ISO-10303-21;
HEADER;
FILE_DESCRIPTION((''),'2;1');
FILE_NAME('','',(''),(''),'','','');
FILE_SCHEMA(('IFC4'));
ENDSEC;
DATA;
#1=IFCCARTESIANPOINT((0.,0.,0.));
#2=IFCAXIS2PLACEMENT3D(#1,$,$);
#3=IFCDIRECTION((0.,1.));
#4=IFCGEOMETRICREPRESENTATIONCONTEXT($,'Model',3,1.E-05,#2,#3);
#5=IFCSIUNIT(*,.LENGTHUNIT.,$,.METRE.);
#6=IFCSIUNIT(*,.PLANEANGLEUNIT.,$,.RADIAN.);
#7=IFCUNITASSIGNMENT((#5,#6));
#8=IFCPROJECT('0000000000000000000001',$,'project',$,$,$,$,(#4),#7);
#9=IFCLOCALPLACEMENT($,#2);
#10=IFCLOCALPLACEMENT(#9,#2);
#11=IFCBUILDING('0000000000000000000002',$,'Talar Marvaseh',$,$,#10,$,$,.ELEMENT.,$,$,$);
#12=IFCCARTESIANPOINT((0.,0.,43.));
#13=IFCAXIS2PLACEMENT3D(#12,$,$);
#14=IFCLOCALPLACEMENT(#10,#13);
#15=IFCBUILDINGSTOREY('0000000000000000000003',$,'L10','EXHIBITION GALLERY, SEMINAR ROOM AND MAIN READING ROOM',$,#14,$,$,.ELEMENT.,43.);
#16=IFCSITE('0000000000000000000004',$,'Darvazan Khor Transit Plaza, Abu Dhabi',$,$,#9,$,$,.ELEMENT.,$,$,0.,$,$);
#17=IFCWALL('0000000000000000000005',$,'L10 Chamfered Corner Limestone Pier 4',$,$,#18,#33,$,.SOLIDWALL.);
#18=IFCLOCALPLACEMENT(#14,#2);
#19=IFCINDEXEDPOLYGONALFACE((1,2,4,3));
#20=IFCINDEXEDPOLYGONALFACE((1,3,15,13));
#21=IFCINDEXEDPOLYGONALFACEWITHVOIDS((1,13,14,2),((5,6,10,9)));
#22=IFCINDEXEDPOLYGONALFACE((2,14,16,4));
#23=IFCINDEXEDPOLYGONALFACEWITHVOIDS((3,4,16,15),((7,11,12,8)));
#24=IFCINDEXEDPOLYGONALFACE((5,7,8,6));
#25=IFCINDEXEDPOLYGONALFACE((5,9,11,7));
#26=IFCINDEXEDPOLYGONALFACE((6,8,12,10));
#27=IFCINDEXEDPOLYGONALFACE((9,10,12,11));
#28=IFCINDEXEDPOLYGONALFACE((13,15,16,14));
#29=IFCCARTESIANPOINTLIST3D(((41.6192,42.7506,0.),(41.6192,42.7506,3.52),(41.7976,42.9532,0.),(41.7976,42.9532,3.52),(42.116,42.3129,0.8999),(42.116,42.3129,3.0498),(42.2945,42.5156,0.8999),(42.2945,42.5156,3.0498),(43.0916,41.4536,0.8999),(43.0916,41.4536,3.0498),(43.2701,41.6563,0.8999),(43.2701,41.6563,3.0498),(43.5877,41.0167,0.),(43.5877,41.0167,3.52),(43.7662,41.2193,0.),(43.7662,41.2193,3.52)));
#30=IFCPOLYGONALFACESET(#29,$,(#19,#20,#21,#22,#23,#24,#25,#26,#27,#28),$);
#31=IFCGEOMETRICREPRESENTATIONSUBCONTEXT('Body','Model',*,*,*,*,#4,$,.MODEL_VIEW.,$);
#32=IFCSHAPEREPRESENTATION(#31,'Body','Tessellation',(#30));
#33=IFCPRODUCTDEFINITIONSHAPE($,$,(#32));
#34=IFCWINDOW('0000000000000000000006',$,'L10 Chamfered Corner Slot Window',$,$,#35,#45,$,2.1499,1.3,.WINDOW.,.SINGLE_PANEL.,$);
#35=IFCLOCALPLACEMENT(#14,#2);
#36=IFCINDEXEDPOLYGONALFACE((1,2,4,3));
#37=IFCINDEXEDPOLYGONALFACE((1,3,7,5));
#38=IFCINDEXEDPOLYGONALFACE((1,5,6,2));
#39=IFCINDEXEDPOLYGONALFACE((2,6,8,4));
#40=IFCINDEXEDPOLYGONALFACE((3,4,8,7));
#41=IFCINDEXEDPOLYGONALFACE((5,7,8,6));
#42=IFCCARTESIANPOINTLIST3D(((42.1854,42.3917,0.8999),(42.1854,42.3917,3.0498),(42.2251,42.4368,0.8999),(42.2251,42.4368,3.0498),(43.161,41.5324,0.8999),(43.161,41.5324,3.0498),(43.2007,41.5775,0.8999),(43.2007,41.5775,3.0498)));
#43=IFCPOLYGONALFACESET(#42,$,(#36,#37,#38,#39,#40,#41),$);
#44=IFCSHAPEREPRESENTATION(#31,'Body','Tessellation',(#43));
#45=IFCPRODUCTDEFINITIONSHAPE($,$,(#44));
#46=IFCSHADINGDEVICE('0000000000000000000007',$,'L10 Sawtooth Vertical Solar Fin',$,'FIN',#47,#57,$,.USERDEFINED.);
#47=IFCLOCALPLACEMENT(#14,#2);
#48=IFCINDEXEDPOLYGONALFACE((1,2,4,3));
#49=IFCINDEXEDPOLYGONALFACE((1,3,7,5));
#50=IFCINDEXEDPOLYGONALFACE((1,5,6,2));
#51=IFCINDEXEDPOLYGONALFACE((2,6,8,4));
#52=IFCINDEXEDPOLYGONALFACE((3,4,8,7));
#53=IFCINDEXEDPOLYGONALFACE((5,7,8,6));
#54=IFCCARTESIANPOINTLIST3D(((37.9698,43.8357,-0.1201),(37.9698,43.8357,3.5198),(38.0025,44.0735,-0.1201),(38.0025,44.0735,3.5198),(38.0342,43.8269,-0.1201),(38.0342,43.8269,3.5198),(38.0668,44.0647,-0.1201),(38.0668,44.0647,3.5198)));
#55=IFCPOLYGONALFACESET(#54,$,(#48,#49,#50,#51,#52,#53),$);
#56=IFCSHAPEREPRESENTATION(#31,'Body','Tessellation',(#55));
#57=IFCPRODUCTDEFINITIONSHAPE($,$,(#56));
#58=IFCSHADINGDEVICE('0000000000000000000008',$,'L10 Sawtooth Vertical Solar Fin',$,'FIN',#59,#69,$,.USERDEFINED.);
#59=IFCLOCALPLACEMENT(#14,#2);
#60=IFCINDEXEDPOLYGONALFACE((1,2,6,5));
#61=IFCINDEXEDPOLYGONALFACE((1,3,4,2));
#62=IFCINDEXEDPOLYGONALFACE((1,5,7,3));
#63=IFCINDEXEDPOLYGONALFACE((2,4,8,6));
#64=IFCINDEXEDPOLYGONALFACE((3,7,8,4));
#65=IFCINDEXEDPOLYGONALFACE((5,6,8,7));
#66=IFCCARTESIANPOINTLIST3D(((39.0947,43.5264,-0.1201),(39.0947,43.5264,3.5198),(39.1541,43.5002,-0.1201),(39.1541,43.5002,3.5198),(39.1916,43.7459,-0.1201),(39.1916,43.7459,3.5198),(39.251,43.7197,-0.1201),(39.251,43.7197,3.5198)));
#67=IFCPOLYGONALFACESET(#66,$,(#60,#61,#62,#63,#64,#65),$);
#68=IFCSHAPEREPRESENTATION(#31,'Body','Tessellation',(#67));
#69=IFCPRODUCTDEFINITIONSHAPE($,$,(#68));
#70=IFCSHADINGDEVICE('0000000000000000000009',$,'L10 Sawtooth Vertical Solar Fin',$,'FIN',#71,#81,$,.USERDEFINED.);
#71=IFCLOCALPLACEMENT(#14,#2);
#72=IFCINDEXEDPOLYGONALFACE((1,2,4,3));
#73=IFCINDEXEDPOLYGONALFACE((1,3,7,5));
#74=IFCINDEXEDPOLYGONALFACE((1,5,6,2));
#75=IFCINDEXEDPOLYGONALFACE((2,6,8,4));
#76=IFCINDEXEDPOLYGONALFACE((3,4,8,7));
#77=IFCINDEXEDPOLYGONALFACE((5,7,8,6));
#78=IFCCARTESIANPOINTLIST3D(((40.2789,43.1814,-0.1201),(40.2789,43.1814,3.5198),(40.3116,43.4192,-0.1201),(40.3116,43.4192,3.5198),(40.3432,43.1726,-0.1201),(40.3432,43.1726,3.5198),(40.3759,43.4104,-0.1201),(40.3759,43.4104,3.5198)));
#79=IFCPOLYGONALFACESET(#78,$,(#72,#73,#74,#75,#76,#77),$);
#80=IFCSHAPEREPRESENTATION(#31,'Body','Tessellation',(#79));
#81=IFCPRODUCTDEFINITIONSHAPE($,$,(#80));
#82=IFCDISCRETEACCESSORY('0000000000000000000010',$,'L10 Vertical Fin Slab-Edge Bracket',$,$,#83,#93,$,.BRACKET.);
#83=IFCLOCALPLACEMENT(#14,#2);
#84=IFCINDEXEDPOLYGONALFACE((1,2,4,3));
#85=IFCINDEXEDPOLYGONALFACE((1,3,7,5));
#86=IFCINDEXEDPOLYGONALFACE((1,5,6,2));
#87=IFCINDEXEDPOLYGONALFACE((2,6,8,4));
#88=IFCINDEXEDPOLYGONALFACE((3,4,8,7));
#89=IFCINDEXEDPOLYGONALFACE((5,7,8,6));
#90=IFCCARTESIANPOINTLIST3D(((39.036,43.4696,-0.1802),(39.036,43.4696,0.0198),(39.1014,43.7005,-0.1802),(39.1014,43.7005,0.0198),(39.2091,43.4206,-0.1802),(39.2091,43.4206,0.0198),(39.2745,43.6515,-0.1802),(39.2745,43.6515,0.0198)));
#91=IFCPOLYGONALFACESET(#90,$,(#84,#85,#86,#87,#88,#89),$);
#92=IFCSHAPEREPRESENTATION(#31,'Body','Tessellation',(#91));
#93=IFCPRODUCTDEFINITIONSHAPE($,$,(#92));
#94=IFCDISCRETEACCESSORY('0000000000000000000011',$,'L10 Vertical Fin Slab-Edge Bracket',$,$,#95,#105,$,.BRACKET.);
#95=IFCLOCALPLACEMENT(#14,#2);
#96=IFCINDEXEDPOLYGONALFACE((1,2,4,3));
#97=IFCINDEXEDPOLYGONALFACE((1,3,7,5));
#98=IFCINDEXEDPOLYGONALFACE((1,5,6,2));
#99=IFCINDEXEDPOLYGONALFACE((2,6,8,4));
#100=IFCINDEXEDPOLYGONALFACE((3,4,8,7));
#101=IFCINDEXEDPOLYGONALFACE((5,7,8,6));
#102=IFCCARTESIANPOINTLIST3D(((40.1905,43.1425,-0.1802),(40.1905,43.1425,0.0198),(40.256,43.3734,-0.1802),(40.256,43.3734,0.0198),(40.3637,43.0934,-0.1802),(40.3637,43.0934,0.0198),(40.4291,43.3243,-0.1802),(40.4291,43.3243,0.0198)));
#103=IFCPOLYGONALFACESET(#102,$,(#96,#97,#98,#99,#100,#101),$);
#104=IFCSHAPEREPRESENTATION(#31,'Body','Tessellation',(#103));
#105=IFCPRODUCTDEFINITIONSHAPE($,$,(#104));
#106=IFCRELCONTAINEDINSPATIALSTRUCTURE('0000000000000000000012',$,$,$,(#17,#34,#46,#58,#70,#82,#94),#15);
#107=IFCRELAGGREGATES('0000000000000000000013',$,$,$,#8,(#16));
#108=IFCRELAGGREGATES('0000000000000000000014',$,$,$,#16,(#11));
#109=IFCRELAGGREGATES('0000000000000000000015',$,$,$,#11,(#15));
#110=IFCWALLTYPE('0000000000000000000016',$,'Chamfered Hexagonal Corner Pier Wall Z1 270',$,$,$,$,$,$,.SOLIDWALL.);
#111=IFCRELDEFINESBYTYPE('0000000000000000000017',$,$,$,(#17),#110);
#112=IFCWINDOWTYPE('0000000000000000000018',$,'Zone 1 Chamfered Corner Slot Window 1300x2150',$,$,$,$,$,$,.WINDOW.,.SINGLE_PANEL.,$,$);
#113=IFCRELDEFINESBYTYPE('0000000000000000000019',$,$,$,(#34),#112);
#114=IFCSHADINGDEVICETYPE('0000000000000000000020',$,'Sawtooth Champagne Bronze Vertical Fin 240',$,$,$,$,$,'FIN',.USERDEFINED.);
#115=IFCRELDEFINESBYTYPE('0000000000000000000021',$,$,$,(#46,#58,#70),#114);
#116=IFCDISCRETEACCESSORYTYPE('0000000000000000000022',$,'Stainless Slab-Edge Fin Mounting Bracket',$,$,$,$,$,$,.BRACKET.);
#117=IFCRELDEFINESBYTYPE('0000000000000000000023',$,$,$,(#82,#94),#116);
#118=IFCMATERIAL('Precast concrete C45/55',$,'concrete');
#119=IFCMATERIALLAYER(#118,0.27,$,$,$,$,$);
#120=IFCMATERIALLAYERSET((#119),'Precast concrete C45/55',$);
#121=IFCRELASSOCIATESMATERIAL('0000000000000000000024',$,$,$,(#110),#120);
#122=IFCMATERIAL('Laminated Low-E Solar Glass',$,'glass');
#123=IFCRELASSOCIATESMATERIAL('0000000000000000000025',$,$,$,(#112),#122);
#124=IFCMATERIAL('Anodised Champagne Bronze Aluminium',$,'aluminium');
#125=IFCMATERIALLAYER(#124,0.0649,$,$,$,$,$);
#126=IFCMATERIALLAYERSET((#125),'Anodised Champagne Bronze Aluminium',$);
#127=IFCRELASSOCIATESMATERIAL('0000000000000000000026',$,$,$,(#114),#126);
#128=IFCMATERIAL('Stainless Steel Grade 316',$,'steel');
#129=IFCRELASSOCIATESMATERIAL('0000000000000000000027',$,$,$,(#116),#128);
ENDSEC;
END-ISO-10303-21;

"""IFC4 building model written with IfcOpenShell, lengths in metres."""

from ifc_helpers import new_model, si_unit, direction, frame, frame_2d, origin, origin_2d, place, context, subcontext, project, spatial, rectangle, extrude, source, transform, mapped, material, layer, layer_set, type_object, type_shapes, element, fill, save


model = new_model("IFC4")

# Units and contexts
model_context = context("Model", 3, precision=1e-05, world=origin(), true_north=direction((0.0, 1.0)))
body_context = subcontext(model_context, "Body", "Model", "MODEL_VIEW")
ifc_project = project(units=[si_unit("LENGTHUNIT", "METRE"), si_unit("PLANEANGLEUNIT", "RADIAN")], contexts=[model_context])

# Site, building, storey
site_placement = place(None, origin())
site = spatial("IfcSite", under=ifc_project, at=site_placement, Name="Darvazan Khor Transit Plaza, Abu Dhabi", CompositionType="ELEMENT", RefElevation=0.0)
building_placement = place(site_placement, origin())
building = spatial("IfcBuilding", under=site, at=building_placement, Name="Talar Marvaseh", CompositionType="ELEMENT")
storey_placement = place(building_placement, frame((0.0, 0.0, 43.0)))
storey = spatial("IfcBuildingStorey", under=building, at=storey_placement, Name="L10", Description="EXHIBITION GALLERY, SEMINAR ROOM AND MAIN READING ROOM", CompositionType="ELEMENT", Elevation=43.0)

# Shared definitions
ifc_material_1 = material(Name="Laminated Low-E Solar Glass", Category="glass")

# Wall, opening, window
ifc_material_2 = material(Name="Precast concrete C45/55", Category="concrete")
ifc_layer_1 = layer(ifc_material_2, 0.27)
ifc_layer_set_1 = layer_set([ifc_layer_1], Name="Precast concrete C45/55")
wall_type = type_object("IfcWallType", Name="Chamfered Hexagonal Corner Pier Wall Z1 270", PredefinedType="SOLIDWALL", material=ifc_layer_set_1)
wall_placement = place(storey_placement, frame((41.7085, 42.8518, 0.0), z_axis=(0.0, 0.0, 1.0), x_axis=(0.750411, -0.660972, 0.0)))
wall = element("IfcWall", 1, at=wall_placement, inside=storey, type_object=wall_type, Name="L10 Chamfered Corner Limestone Pier 4", PredefinedType="SOLIDWALL", context=body_context, shape_type="SweptSolid", body=[
    extrude(rectangle(XDim=2.6233, YDim=0.27, at=frame_2d((1.3115, 0.0))), origin(), (0.0, 0.0, 1.0), 3.52),
])
opening_placement = place(wall_placement, frame((0.6621, 0.0, 0.8999)))
opening = element("IfcOpeningElement", 2, at=opening_placement, cuts=wall, PredefinedType="OPENING", context=body_context, shape_type="SweptSolid", body=[
    extrude(rectangle(XDim=1.3, YDim=2.1499, at=frame_2d((0.6499, 1.075))), frame((0.0, 0.145, 0.0), z_axis=(0.0, -1.0, 0.0), x_axis=(1.0, 0.0, 0.0)), (0.0, 0.0, 1.0), 0.29),
])
window_type = type_object("IfcWindowType", Name="Zone 1 Chamfered Corner Slot Window 1300x2150", PartitioningType="SINGLE_PANEL", PredefinedType="WINDOW", material=ifc_material_1)
shared_shape_1 = source(origin(), body_context, "Body", "SweptSolid", [
    extrude(rectangle(XDim=1.3, YDim=2.1499, at=frame_2d((0.6499, 1.075))), frame((0.0, 0.03, 0.0), z_axis=(0.0, -1.0, 0.0), x_axis=(1.0, 0.0, 0.0)), (0.0, 0.0, 1.0), 0.0601),
])
type_shapes(window_type, [shared_shape_1])
window_placement = place(opening_placement, origin())
window = element("IfcWindow", 3, at=window_placement, inside=storey, type_object=window_type, Name="L10 Chamfered Corner Slot Window", OverallHeight=2.1499, OverallWidth=1.3, PartitioningType="SINGLE_PANEL", PredefinedType="WINDOW", context=body_context, shape_type="MappedRepresentation", body=[
    mapped(shared_shape_1, transform((0.0, 0.0, 0.0), x_axis=(1.0, 0.0, 0.0), y_axis=(0.0, 1.0, 0.0), z_axis=(0.0, 0.0, 1.0), scale=1.0)),
])
fill(opening, window)

# Shading devices
ifc_material_3 = material(Name="Anodised Champagne Bronze Aluminium", Category="aluminium")
ifc_layer_2 = layer(ifc_material_3, 0.0649)
ifc_layer_set_2 = layer_set([ifc_layer_2], Name="Anodised Champagne Bronze Aluminium")
shading_device_type = type_object("IfcShadingDeviceType", Name="Sawtooth Champagne Bronze Vertical Fin 240", ElementType="FIN", PredefinedType="USERDEFINED", material=ifc_layer_set_2)
shared_shape_2 = source(origin(), body_context, "Body", "SweptSolid", [
    extrude(rectangle(XDim=0.24, YDim=0.0649, at=origin_2d()), origin(), (0.0, 0.0, 1.0), 3.6399),
])
type_shapes(shading_device_type, [shared_shape_2])
for number, where, z_axis, x_axis, name in (
    (4, (38.0183, 43.9502, -0.1201), (0.0, 0.0, 1.0), (0.136061, 0.9907, 0.0), "L10 Sawtooth Vertical Solar Fin"),
    (5, (39.1729, 43.623, -0.1201), (0.0, 0.0, 1.0), (0.403865, 0.914819, 0.0), "L10 Sawtooth Vertical Solar Fin"),
    (6, (40.3274, 43.2959, -0.1201), (0.0, 0.0, 1.0), (0.136061, 0.9907, 0.0), "L10 Sawtooth Vertical Solar Fin"),
):
    element("IfcShadingDevice", number, at=place(storey_placement, frame(where, z_axis=z_axis, x_axis=x_axis)), inside=storey, type_object=shading_device_type, Name=name, ObjectType="FIN", PredefinedType="USERDEFINED", context=body_context, shape_type="MappedRepresentation", body=[
        mapped(shared_shape_2, transform((0.0, 0.0, 0.0), x_axis=(1.0, 0.0, 0.0), y_axis=(0.0, 1.0, 0.0), z_axis=(0.0, 0.0, 1.0), scale=1.0)),
    ])

# Discrete accessories
ifc_material_4 = material(Name="Stainless Steel Grade 316", Category="steel")
discrete_accessory_type = type_object("IfcDiscreteAccessoryType", Name="Stainless Slab-Edge Fin Mounting Bracket", PredefinedType="BRACKET", material=ifc_material_4)
shared_shape_3 = source(origin(), body_context, "Body", "SweptSolid", [
    extrude(rectangle(XDim=0.24, YDim=0.1799, at=origin_2d()), origin(), (0.0, 0.0, 1.0), 0.2),
])
type_shapes(discrete_accessory_type, [shared_shape_3])
for number, where, z_axis, x_axis, name in (
    (7, (39.1553, 43.5605, -0.1802), (0.0, 0.0, 1.0), (0.272616, 0.962123, 0.0), "L10 Vertical Fin Slab-Edge Bracket"),
    (8, (40.3098, 43.2334, -0.1802), (0.0, 0.0, 1.0), (0.272616, 0.962123, 0.0), "L10 Vertical Fin Slab-Edge Bracket"),
):
    element("IfcDiscreteAccessory", number, at=place(storey_placement, frame(where, z_axis=z_axis, x_axis=x_axis)), inside=storey, type_object=discrete_accessory_type, Name=name, PredefinedType="BRACKET", context=body_context, shape_type="MappedRepresentation", body=[
        mapped(shared_shape_3, transform((0.0, 0.0, 0.0), x_axis=(1.0, 0.0, 0.0), y_axis=(0.0, 1.0, 0.0), z_axis=(0.0, 0.0, 1.0), scale=1.0)),
    ])

save(model, "model.ifc")
